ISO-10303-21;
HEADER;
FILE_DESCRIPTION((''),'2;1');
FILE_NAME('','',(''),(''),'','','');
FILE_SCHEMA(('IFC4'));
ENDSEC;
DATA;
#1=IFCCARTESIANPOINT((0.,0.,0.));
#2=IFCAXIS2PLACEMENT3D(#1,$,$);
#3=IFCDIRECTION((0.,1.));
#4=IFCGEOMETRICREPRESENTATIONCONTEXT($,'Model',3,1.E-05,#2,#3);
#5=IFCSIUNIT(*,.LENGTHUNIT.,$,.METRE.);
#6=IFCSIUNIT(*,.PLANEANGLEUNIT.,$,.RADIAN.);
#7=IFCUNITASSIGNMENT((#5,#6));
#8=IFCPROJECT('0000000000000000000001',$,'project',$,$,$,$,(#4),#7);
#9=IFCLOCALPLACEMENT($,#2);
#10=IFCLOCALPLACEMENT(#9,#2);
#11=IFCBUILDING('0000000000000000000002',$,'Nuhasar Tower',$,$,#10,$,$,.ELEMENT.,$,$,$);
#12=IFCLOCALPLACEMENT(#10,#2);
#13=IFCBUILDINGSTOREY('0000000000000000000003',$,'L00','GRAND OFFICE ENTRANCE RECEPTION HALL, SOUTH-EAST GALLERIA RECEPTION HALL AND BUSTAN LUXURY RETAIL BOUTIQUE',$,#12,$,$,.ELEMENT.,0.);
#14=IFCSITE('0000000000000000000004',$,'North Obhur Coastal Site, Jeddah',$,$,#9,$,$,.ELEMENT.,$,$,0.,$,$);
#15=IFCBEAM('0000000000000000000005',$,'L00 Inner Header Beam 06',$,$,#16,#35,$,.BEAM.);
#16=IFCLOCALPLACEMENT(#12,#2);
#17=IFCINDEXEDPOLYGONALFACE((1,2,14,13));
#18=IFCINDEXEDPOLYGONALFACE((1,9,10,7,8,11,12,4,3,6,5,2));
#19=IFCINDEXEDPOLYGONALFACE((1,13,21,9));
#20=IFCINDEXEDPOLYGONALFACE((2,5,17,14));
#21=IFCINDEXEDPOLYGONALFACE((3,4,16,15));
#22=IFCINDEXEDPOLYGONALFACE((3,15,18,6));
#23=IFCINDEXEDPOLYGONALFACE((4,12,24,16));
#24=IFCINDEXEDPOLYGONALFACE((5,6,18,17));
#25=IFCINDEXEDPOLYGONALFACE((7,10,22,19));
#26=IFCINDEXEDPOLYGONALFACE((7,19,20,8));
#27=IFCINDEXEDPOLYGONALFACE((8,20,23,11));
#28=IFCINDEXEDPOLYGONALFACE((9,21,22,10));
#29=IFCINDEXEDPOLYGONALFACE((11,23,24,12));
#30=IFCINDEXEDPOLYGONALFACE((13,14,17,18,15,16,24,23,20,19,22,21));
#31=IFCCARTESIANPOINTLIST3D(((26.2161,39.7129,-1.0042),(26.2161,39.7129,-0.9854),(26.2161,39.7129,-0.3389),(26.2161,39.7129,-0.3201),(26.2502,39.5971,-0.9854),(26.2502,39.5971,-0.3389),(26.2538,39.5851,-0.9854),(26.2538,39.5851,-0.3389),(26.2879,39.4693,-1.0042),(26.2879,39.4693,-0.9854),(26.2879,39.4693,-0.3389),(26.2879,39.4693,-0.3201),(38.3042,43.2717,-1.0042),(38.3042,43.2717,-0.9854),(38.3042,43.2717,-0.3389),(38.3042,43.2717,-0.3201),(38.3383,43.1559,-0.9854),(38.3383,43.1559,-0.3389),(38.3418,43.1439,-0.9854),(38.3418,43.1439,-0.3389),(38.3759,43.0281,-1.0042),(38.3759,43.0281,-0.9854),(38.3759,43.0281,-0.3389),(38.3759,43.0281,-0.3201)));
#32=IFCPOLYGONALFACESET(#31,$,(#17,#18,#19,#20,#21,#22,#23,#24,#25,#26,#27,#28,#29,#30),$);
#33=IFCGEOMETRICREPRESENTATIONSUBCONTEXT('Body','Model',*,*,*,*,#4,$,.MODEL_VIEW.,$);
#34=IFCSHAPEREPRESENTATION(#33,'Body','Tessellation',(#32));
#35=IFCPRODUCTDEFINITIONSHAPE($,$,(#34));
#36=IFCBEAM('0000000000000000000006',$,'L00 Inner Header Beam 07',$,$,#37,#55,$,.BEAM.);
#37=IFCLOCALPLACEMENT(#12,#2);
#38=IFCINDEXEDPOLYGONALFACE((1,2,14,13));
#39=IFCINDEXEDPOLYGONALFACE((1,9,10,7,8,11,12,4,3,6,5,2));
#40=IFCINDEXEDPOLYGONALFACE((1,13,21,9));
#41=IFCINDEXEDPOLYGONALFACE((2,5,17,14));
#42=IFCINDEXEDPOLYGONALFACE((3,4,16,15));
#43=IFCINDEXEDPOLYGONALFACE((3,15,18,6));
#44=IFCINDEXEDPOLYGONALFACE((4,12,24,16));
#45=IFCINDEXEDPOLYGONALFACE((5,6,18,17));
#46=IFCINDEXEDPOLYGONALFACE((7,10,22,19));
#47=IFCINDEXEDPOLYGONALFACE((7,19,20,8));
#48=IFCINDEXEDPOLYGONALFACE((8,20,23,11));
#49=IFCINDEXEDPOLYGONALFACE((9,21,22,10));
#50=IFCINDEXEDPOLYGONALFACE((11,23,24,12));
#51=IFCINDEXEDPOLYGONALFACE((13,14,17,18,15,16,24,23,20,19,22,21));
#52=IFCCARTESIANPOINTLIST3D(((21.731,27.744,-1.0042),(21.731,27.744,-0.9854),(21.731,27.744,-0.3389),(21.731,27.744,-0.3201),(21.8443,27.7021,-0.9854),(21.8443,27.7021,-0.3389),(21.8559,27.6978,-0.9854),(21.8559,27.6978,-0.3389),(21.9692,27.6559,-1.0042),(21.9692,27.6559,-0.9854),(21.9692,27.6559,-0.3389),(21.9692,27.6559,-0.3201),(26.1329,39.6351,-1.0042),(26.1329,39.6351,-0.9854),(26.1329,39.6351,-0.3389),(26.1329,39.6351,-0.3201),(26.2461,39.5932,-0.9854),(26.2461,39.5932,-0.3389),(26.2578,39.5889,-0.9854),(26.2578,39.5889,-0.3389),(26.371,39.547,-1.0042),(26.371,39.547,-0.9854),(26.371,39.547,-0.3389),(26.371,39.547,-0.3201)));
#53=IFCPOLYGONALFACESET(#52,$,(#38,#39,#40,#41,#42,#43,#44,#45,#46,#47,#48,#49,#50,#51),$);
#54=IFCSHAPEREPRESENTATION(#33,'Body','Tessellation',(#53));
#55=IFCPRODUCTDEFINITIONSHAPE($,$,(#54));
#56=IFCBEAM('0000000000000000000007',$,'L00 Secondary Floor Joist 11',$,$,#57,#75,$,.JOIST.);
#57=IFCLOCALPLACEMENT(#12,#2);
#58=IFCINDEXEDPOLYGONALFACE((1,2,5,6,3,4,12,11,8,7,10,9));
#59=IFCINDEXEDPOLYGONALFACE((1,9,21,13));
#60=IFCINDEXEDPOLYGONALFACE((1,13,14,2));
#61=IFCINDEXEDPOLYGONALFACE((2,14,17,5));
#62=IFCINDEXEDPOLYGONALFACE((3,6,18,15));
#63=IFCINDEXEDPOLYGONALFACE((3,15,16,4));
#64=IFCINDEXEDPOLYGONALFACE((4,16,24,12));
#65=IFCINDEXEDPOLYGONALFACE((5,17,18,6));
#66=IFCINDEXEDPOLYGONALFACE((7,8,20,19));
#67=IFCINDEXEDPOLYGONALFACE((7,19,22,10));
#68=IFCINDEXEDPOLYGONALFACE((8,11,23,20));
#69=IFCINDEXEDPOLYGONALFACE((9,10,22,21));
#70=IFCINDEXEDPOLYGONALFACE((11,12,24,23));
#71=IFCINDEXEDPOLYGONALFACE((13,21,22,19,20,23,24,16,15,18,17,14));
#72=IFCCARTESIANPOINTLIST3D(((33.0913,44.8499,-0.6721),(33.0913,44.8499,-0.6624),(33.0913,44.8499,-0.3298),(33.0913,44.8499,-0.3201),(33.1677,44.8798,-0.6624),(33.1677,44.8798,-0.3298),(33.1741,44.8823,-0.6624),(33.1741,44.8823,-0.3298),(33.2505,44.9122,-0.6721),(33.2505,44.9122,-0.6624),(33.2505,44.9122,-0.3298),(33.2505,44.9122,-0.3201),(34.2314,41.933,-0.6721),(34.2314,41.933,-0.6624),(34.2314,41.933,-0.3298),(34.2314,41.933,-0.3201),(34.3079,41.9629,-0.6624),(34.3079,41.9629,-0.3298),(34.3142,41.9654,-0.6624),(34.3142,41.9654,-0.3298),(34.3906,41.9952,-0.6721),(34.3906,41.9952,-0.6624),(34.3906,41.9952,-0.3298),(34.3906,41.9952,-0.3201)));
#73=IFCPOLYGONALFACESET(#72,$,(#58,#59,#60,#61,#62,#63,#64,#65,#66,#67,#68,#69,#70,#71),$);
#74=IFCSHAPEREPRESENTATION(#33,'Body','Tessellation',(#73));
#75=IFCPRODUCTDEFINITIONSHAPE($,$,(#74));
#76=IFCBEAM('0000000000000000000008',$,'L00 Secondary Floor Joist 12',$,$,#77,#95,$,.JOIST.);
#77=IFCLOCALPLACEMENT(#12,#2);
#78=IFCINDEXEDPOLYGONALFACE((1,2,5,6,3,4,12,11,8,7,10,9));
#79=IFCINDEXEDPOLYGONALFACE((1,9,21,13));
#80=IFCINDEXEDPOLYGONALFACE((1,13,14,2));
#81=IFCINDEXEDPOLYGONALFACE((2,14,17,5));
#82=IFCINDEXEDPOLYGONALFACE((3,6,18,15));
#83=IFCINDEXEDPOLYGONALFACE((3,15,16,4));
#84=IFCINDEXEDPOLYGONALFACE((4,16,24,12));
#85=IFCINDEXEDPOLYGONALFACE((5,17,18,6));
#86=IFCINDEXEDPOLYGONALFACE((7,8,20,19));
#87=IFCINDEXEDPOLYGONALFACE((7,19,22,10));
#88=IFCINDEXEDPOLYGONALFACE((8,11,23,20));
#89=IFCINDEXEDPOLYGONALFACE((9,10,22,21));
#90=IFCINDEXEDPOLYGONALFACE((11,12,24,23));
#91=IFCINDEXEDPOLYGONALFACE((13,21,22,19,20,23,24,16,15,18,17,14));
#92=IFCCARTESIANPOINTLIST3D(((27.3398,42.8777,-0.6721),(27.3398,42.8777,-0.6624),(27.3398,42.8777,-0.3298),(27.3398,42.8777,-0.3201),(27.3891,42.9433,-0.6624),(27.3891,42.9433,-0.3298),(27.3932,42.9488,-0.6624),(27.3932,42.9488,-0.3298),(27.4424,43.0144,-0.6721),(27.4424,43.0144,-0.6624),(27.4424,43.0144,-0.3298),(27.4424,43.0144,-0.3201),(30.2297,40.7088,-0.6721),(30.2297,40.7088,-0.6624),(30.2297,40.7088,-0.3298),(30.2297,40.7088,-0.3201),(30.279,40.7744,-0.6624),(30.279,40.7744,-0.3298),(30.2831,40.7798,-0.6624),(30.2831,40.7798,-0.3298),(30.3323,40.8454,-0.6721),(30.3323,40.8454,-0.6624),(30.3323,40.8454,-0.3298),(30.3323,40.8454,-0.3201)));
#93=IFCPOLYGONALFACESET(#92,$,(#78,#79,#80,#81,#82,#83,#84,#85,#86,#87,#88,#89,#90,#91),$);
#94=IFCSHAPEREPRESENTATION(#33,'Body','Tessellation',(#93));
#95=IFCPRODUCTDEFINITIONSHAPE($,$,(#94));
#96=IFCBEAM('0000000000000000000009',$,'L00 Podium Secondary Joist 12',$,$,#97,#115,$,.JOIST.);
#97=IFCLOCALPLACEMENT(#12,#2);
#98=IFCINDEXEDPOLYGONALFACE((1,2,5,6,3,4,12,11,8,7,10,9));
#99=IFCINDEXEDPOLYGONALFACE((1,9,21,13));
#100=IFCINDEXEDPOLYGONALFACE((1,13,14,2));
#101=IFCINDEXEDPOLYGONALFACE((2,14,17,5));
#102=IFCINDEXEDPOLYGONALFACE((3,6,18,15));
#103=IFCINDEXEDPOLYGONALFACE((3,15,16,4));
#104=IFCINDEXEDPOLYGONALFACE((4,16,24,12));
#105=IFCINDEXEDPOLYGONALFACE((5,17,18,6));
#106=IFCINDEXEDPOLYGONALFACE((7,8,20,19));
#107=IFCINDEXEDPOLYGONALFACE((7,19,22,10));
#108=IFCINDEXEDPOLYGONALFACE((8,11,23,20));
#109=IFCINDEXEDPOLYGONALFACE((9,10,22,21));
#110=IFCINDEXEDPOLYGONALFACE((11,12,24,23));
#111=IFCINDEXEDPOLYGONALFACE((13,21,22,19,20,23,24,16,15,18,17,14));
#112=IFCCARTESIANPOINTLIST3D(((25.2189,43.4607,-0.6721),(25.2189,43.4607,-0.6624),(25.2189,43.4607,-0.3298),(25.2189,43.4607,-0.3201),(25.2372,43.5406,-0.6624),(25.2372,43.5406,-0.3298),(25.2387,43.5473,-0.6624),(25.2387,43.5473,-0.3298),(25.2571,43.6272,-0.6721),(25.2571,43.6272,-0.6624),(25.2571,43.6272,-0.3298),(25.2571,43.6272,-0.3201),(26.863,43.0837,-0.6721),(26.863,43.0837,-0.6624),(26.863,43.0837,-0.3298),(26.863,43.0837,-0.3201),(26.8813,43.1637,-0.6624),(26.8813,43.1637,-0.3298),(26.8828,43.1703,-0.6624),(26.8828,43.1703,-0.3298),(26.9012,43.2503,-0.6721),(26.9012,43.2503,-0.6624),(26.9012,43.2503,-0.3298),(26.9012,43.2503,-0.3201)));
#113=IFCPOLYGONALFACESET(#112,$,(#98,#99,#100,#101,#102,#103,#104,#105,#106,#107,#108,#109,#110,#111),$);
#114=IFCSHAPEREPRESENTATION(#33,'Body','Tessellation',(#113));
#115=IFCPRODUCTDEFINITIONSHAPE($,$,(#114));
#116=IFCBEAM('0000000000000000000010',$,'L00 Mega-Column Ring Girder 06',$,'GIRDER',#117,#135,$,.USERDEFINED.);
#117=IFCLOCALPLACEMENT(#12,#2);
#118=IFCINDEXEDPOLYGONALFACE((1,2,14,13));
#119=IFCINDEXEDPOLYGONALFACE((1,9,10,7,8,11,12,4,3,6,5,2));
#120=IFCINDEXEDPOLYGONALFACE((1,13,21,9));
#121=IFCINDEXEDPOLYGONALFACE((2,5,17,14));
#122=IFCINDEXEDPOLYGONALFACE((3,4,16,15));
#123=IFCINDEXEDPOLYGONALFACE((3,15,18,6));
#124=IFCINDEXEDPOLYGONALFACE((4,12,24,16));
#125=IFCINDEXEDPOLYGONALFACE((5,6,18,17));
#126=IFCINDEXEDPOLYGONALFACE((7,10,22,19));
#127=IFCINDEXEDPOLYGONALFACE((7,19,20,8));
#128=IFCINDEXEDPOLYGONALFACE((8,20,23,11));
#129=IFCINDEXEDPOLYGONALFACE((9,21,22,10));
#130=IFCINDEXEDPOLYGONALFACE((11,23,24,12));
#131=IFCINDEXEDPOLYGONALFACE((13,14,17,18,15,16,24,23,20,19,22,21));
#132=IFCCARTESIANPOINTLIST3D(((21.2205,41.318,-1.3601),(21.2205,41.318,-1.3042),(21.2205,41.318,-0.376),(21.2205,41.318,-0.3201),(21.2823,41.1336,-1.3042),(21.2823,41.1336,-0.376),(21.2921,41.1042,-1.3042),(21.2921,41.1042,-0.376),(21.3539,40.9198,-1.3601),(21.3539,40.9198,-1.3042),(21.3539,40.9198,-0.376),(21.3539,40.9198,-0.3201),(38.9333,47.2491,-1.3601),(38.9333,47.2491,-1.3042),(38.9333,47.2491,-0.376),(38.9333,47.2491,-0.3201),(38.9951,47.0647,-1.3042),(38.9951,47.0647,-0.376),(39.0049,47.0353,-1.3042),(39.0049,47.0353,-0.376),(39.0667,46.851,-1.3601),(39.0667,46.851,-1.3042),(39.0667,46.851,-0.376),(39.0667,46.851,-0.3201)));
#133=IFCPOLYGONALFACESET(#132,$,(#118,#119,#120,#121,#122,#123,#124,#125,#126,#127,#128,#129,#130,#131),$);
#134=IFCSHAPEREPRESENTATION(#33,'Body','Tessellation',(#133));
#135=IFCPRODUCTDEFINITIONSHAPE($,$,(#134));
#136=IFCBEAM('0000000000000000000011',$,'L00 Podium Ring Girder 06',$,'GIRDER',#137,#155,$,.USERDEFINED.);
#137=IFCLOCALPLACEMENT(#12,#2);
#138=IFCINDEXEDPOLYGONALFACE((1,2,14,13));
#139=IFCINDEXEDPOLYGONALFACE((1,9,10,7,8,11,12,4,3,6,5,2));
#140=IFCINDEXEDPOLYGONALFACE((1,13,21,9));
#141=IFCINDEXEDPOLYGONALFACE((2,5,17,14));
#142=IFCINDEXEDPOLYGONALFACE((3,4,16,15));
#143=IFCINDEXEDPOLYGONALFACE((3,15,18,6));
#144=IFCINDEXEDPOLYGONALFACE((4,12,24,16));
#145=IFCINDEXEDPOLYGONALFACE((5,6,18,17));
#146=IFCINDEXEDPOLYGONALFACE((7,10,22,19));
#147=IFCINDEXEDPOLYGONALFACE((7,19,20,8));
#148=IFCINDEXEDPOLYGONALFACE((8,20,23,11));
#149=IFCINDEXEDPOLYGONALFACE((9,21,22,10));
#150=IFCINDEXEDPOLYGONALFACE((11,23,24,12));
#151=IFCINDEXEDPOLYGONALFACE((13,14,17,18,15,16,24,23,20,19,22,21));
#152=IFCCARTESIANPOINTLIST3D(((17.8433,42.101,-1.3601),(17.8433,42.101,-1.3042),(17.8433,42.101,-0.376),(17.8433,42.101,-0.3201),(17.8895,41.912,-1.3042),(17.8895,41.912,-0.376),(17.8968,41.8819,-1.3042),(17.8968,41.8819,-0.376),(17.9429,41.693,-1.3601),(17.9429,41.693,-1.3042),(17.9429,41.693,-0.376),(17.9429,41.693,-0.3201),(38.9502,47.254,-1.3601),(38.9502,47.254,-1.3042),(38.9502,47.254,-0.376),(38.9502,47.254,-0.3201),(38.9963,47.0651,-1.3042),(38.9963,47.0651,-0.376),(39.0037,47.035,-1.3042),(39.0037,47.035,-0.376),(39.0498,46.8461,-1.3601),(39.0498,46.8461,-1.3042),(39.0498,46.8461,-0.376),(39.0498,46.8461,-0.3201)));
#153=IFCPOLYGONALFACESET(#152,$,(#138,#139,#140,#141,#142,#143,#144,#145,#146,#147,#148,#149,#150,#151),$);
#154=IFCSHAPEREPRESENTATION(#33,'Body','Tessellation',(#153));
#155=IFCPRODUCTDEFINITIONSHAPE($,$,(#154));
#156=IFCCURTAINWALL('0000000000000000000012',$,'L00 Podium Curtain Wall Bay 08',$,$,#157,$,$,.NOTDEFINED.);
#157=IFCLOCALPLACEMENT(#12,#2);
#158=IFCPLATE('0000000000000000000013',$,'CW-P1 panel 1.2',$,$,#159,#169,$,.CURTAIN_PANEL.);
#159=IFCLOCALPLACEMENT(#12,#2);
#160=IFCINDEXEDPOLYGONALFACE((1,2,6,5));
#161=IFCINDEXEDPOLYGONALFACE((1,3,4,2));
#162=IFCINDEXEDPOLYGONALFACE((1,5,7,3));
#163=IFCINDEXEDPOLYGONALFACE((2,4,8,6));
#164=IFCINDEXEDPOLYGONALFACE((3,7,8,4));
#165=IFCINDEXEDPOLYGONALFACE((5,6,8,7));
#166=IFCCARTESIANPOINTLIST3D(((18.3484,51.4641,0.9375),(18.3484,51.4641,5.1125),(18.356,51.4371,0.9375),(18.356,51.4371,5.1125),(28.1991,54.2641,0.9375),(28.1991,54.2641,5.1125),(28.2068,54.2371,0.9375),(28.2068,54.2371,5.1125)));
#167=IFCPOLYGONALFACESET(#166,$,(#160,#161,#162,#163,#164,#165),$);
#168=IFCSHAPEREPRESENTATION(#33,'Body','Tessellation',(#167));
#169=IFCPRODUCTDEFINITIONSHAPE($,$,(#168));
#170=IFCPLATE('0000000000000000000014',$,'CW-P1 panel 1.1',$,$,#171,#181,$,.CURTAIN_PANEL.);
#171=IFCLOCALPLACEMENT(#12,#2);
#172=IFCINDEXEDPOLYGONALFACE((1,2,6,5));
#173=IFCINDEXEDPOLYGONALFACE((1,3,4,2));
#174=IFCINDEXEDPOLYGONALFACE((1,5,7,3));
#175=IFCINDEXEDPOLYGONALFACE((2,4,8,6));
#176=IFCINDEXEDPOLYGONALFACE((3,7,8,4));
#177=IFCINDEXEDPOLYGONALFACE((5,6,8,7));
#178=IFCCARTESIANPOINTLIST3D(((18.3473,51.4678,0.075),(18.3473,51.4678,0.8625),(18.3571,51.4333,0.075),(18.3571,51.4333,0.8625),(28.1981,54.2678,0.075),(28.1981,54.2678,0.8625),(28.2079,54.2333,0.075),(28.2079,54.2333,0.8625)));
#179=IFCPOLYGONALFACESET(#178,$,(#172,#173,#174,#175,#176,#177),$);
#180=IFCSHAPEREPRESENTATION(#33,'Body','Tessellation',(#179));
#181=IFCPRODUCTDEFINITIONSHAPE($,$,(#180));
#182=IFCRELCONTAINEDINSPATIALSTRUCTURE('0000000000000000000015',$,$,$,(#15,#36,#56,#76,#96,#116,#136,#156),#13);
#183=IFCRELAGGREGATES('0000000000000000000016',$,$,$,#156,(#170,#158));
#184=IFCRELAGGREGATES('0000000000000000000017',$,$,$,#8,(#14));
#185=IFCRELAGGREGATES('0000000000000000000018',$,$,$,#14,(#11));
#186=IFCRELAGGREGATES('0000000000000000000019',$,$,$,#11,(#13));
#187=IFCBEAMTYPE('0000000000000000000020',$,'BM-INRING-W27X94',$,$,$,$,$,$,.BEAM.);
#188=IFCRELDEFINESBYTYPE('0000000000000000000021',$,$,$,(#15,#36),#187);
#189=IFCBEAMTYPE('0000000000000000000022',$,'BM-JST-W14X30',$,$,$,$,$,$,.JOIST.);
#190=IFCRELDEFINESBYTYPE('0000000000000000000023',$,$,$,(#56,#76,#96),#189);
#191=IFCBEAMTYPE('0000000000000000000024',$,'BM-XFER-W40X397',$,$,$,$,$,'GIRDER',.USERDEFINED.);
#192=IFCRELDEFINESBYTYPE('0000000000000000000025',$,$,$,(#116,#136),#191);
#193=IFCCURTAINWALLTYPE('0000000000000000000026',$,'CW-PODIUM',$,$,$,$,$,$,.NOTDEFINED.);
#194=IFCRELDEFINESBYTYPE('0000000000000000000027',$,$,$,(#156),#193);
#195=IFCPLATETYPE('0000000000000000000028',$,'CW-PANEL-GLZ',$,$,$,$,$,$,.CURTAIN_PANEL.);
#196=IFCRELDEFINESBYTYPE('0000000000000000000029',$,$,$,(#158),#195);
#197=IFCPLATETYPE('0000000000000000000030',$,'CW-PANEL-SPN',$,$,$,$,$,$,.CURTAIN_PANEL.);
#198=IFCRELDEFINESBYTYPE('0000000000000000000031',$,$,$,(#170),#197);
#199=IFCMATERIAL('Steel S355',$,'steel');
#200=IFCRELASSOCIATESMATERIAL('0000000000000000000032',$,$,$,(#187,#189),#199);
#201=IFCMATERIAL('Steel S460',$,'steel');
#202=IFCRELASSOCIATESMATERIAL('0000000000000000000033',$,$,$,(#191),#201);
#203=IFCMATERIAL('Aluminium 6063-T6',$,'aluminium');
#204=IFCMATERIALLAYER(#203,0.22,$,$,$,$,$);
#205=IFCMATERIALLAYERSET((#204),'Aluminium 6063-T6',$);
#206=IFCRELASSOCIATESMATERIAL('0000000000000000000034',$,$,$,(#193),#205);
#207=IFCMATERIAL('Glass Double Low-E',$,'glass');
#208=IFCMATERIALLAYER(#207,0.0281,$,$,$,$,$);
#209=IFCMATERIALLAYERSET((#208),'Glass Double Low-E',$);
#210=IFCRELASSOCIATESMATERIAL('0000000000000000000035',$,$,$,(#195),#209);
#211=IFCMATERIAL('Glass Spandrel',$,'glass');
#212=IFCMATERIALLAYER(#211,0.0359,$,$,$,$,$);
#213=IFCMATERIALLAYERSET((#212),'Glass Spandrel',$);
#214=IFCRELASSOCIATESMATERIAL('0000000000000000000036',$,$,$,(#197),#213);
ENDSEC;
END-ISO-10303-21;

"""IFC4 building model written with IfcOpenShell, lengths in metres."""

from ifc_helpers import new_model, si_unit, direction, frame, origin, origin_2d, place, context, subcontext, project, spatial, rectangle, i_section, extrude, material, layer, layer_set, material_profile, profile_set, type_object, element, aggregate, save


model = new_model("IFC4")

# Units and contexts
model_context = context("Model", 3, precision=1e-05, world=origin(), true_north=direction((0.0, 1.0)))
body_context = subcontext(model_context, "Body", "Model", "MODEL_VIEW")
ifc_project = project(units=[si_unit("LENGTHUNIT", "METRE"), si_unit("PLANEANGLEUNIT", "RADIAN")], contexts=[model_context])

# Site, building, storey
site_placement = place(None, origin())
site = spatial("IfcSite", under=ifc_project, at=site_placement, Name="North Obhur Coastal Site, Jeddah", CompositionType="ELEMENT", RefElevation=0.0)
building_placement = place(site_placement, origin())
building = spatial("IfcBuilding", under=site, at=building_placement, Name="Nuhasar Tower", CompositionType="ELEMENT")
storey_placement = place(building_placement, origin())
storey = spatial("IfcBuildingStorey", under=building, at=storey_placement, Name="L00", Description="GRAND OFFICE ENTRANCE RECEPTION HALL, SOUTH-EAST GALLERIA RECEPTION HALL AND BUSTAN LUXURY RETAIL BOUTIQUE", CompositionType="ELEMENT", Elevation=0.0)

# Beams
ifc_material_1 = material(Name="Steel S355", Category="steel")
ifc_material_profile_1 = material_profile(ifc_material_1, i_section(OverallWidth=0.2539, OverallDepth=0.6841, WebThickness=0.0125, FlangeThickness=0.0188, at=origin_2d()), Name="W27X94")
ifc_profile_set_1 = profile_set([ifc_material_profile_1], Name="Steel S355")
beam_type_1 = type_object("IfcBeamType", Name="BM-INRING-W27X94", PredefinedType="BEAM", material=ifc_profile_set_1)
beam_1_placement = place(storey_placement, frame((38.3401, 43.1499, -0.6621), z_axis=(-0.95929, -0.282422, 0.0), x_axis=(0.282422, -0.95929, 0.0)))
element("IfcBeam", 1, at=beam_1_placement, inside=storey, type_object=beam_type_1, Name="L00 Inner Header Beam 06", PredefinedType="BEAM", context=body_context, shape_type="SweptSolid", body=[
    extrude(i_section(OverallWidth=0.2539, OverallDepth=0.6841, WebThickness=0.0125, FlangeThickness=0.0188, at=origin_2d()), origin(), (0.0, 0.0, 1.0), 12.6011),
])
beam_2_placement = place(storey_placement, frame((26.252, 39.5911, -0.6621), z_axis=(-0.347158, -0.937807, 0.0), x_axis=(0.937807, -0.347158, 0.0)))
element("IfcBeam", 2, at=beam_2_placement, inside=storey, type_object=beam_type_1, Name="L00 Inner Header Beam 07", PredefinedType="BEAM", context=body_context, shape_type="SweptSolid", body=[
    extrude(i_section(OverallWidth=0.2539, OverallDepth=0.6841, WebThickness=0.0125, FlangeThickness=0.0188, at=origin_2d()), origin(), (0.0, 0.0, 1.0), 12.6797),
])
ifc_material_profile_2 = material_profile(ifc_material_1, i_section(OverallWidth=0.1709, OverallDepth=0.3521, WebThickness=0.0068, FlangeThickness=0.0098, at=origin_2d()), Name="W14X30")
ifc_profile_set_2 = profile_set([ifc_material_profile_2], Name="Steel S355")
beam_type_2 = type_object("IfcBeamType", Name="BM-JST-W14X30", PredefinedType="JOIST", material=ifc_profile_set_2)
beam_3_placement = place(storey_placement, frame((34.311, 41.9641, -0.4961), z_axis=(-0.364041, 0.931383, 0.0), x_axis=(-0.931383, -0.364041, 0.0)))
element("IfcBeam", 3, at=beam_3_placement, inside=storey, type_object=beam_type_2, Name="L00 Secondary Floor Joist 11", PredefinedType="JOIST", context=body_context, shape_type="SweptSolid", body=[
    extrude(i_section(OverallWidth=0.1709, OverallDepth=0.3521, WebThickness=0.0068, FlangeThickness=0.0098, at=origin_2d()), origin(), (0.0, 0.0, 1.0), 3.1318),
])
beam_4_placement = place(storey_placement, frame((30.281, 40.7771, -0.4961), z_axis=(-0.799797, 0.60027, 0.0), x_axis=(-0.60027, -0.799797, 0.0)))
element("IfcBeam", 4, at=beam_4_placement, inside=storey, type_object=beam_type_2, Name="L00 Secondary Floor Joist 12", PredefinedType="JOIST", context=body_context, shape_type="SweptSolid", body=[
    extrude(i_section(OverallWidth=0.1709, OverallDepth=0.3521, WebThickness=0.0068, FlangeThickness=0.0098, at=origin_2d()), origin(), (0.0, 0.0, 1.0), 3.6133),
])
beam_5_placement = place(storey_placement, frame((26.8821, 43.167, -0.4961), z_axis=(-0.974707, 0.223485, 0.0), x_axis=(-0.223485, -0.974707, 0.0)))
element("IfcBeam", 5, at=beam_5_placement, inside=storey, type_object=beam_type_2, Name="L00 Podium Secondary Joist 12", PredefinedType="JOIST", context=body_context, shape_type="SweptSolid", body=[
    extrude(i_section(OverallWidth=0.1709, OverallDepth=0.3521, WebThickness=0.0068, FlangeThickness=0.0098, at=origin_2d()), origin(), (0.0, 0.0, 1.0), 1.6868),
])
ifc_material_2 = material(Name="Steel S460", Category="steel")
ifc_material_profile_3 = material_profile(ifc_material_2, i_section(OverallWidth=0.4199, OverallDepth=1.04, WebThickness=0.031, FlangeThickness=0.0559, at=origin_2d()), Name="W40X397")
ifc_profile_set_3 = profile_set([ifc_material_profile_3], Name="Steel S460")
beam_type_3 = type_object("IfcBeamType", Name="BM-XFER-W40X397", ElementType="GIRDER", PredefinedType="USERDEFINED", material=ifc_profile_set_3)
beam_6_placement = place(storey_placement, frame((39.0, 47.05, -0.8401), z_axis=(-0.948251, -0.317521, 0.0), x_axis=(0.317521, -0.948251, 0.0)))
element("IfcBeam", 6, at=beam_6_placement, inside=storey, type_object=beam_type_3, Name="L00 Mega-Column Ring Girder 06", ObjectType="GIRDER", PredefinedType="USERDEFINED", context=body_context, shape_type="SweptSolid", body=[
    extrude(i_section(OverallWidth=0.4199, OverallDepth=1.04, WebThickness=0.031, FlangeThickness=0.0559, at=origin_2d()), origin(), (0.0, 0.0, 1.0), 18.6794),
])
beam_7_placement = place(storey_placement, frame((39.0, 47.05, -0.8401), z_axis=(-0.971467, -0.237175, 0.0), x_axis=(0.237175, -0.971467, 0.0)))
element("IfcBeam", 7, at=beam_7_placement, inside=storey, type_object=beam_type_3, Name="L00 Podium Ring Girder 06", ObjectType="GIRDER", PredefinedType="USERDEFINED", context=body_context, shape_type="SweptSolid", body=[
    extrude(i_section(OverallWidth=0.4199, OverallDepth=1.04, WebThickness=0.031, FlangeThickness=0.0559, at=origin_2d()), origin(), (0.0, 0.0, 1.0), 21.7268),
])

# Curtain wall, plates
ifc_material_3 = material(Name="Aluminium 6063-T6", Category="aluminium")
ifc_layer_1 = layer(ifc_material_3, 0.22)
ifc_layer_set_1 = layer_set([ifc_layer_1], Name="Aluminium 6063-T6")
curtain_wall_type = type_object("IfcCurtainWallType", Name="CW-PODIUM", PredefinedType="NOTDEFINED", material=ifc_layer_set_1)
curtain_wall_placement = place(storey_placement, origin())
curtain_wall = element("IfcCurtainWall", 8, at=curtain_wall_placement, inside=storey, type_object=curtain_wall_type, Name="L00 Podium Curtain Wall Bay 08", PredefinedType="NOTDEFINED")
ifc_material_4 = material(Name="Glass Double Low-E", Category="glass")
ifc_layer_2 = layer(ifc_material_4, 0.0281)
ifc_layer_set_2 = layer_set([ifc_layer_2], Name="Glass Double Low-E")
plate_type_1 = type_object("IfcPlateType", Name="CW-PANEL-GLZ", PredefinedType="CURTAIN_PANEL", material=ifc_layer_set_2)
plate_1_placement = place(storey_placement, frame((23.2776, 52.8506, 0.9375), z_axis=(0.0, 0.0, 1.0), x_axis=(-0.961897, -0.273412, 0.0)))
plate_1 = element("IfcPlate", 9, at=plate_1_placement, type_object=plate_type_1, Name="CW-P1 panel 1.2", PredefinedType="CURTAIN_PANEL", context=body_context, shape_type="SweptSolid", body=[
    extrude(rectangle(XDim=10.241, YDim=0.0281, at=origin_2d()), origin(), (0.0, 0.0, 1.0), 4.175),
])
ifc_material_5 = material(Name="Glass Spandrel", Category="glass")
ifc_layer_3 = layer(ifc_material_5, 0.0359)
ifc_layer_set_3 = layer_set([ifc_layer_3], Name="Glass Spandrel")
plate_type_2 = type_object("IfcPlateType", Name="CW-PANEL-SPN", PredefinedType="CURTAIN_PANEL", material=ifc_layer_set_3)
plate_2_placement = place(storey_placement, frame((23.2776, 52.8506, 0.075), z_axis=(0.0, 0.0, 1.0), x_axis=(-0.961897, -0.273412, 0.0)))
plate_2 = element("IfcPlate", 10, at=plate_2_placement, type_object=plate_type_2, Name="CW-P1 panel 1.1", PredefinedType="CURTAIN_PANEL", context=body_context, shape_type="SweptSolid", body=[
    extrude(rectangle(XDim=10.241, YDim=0.0359, at=origin_2d()), origin(), (0.0, 0.0, 1.0), 0.7876),
])
aggregate(curtain_wall, [plate_2, plate_1])

save(model, "model.ifc")
